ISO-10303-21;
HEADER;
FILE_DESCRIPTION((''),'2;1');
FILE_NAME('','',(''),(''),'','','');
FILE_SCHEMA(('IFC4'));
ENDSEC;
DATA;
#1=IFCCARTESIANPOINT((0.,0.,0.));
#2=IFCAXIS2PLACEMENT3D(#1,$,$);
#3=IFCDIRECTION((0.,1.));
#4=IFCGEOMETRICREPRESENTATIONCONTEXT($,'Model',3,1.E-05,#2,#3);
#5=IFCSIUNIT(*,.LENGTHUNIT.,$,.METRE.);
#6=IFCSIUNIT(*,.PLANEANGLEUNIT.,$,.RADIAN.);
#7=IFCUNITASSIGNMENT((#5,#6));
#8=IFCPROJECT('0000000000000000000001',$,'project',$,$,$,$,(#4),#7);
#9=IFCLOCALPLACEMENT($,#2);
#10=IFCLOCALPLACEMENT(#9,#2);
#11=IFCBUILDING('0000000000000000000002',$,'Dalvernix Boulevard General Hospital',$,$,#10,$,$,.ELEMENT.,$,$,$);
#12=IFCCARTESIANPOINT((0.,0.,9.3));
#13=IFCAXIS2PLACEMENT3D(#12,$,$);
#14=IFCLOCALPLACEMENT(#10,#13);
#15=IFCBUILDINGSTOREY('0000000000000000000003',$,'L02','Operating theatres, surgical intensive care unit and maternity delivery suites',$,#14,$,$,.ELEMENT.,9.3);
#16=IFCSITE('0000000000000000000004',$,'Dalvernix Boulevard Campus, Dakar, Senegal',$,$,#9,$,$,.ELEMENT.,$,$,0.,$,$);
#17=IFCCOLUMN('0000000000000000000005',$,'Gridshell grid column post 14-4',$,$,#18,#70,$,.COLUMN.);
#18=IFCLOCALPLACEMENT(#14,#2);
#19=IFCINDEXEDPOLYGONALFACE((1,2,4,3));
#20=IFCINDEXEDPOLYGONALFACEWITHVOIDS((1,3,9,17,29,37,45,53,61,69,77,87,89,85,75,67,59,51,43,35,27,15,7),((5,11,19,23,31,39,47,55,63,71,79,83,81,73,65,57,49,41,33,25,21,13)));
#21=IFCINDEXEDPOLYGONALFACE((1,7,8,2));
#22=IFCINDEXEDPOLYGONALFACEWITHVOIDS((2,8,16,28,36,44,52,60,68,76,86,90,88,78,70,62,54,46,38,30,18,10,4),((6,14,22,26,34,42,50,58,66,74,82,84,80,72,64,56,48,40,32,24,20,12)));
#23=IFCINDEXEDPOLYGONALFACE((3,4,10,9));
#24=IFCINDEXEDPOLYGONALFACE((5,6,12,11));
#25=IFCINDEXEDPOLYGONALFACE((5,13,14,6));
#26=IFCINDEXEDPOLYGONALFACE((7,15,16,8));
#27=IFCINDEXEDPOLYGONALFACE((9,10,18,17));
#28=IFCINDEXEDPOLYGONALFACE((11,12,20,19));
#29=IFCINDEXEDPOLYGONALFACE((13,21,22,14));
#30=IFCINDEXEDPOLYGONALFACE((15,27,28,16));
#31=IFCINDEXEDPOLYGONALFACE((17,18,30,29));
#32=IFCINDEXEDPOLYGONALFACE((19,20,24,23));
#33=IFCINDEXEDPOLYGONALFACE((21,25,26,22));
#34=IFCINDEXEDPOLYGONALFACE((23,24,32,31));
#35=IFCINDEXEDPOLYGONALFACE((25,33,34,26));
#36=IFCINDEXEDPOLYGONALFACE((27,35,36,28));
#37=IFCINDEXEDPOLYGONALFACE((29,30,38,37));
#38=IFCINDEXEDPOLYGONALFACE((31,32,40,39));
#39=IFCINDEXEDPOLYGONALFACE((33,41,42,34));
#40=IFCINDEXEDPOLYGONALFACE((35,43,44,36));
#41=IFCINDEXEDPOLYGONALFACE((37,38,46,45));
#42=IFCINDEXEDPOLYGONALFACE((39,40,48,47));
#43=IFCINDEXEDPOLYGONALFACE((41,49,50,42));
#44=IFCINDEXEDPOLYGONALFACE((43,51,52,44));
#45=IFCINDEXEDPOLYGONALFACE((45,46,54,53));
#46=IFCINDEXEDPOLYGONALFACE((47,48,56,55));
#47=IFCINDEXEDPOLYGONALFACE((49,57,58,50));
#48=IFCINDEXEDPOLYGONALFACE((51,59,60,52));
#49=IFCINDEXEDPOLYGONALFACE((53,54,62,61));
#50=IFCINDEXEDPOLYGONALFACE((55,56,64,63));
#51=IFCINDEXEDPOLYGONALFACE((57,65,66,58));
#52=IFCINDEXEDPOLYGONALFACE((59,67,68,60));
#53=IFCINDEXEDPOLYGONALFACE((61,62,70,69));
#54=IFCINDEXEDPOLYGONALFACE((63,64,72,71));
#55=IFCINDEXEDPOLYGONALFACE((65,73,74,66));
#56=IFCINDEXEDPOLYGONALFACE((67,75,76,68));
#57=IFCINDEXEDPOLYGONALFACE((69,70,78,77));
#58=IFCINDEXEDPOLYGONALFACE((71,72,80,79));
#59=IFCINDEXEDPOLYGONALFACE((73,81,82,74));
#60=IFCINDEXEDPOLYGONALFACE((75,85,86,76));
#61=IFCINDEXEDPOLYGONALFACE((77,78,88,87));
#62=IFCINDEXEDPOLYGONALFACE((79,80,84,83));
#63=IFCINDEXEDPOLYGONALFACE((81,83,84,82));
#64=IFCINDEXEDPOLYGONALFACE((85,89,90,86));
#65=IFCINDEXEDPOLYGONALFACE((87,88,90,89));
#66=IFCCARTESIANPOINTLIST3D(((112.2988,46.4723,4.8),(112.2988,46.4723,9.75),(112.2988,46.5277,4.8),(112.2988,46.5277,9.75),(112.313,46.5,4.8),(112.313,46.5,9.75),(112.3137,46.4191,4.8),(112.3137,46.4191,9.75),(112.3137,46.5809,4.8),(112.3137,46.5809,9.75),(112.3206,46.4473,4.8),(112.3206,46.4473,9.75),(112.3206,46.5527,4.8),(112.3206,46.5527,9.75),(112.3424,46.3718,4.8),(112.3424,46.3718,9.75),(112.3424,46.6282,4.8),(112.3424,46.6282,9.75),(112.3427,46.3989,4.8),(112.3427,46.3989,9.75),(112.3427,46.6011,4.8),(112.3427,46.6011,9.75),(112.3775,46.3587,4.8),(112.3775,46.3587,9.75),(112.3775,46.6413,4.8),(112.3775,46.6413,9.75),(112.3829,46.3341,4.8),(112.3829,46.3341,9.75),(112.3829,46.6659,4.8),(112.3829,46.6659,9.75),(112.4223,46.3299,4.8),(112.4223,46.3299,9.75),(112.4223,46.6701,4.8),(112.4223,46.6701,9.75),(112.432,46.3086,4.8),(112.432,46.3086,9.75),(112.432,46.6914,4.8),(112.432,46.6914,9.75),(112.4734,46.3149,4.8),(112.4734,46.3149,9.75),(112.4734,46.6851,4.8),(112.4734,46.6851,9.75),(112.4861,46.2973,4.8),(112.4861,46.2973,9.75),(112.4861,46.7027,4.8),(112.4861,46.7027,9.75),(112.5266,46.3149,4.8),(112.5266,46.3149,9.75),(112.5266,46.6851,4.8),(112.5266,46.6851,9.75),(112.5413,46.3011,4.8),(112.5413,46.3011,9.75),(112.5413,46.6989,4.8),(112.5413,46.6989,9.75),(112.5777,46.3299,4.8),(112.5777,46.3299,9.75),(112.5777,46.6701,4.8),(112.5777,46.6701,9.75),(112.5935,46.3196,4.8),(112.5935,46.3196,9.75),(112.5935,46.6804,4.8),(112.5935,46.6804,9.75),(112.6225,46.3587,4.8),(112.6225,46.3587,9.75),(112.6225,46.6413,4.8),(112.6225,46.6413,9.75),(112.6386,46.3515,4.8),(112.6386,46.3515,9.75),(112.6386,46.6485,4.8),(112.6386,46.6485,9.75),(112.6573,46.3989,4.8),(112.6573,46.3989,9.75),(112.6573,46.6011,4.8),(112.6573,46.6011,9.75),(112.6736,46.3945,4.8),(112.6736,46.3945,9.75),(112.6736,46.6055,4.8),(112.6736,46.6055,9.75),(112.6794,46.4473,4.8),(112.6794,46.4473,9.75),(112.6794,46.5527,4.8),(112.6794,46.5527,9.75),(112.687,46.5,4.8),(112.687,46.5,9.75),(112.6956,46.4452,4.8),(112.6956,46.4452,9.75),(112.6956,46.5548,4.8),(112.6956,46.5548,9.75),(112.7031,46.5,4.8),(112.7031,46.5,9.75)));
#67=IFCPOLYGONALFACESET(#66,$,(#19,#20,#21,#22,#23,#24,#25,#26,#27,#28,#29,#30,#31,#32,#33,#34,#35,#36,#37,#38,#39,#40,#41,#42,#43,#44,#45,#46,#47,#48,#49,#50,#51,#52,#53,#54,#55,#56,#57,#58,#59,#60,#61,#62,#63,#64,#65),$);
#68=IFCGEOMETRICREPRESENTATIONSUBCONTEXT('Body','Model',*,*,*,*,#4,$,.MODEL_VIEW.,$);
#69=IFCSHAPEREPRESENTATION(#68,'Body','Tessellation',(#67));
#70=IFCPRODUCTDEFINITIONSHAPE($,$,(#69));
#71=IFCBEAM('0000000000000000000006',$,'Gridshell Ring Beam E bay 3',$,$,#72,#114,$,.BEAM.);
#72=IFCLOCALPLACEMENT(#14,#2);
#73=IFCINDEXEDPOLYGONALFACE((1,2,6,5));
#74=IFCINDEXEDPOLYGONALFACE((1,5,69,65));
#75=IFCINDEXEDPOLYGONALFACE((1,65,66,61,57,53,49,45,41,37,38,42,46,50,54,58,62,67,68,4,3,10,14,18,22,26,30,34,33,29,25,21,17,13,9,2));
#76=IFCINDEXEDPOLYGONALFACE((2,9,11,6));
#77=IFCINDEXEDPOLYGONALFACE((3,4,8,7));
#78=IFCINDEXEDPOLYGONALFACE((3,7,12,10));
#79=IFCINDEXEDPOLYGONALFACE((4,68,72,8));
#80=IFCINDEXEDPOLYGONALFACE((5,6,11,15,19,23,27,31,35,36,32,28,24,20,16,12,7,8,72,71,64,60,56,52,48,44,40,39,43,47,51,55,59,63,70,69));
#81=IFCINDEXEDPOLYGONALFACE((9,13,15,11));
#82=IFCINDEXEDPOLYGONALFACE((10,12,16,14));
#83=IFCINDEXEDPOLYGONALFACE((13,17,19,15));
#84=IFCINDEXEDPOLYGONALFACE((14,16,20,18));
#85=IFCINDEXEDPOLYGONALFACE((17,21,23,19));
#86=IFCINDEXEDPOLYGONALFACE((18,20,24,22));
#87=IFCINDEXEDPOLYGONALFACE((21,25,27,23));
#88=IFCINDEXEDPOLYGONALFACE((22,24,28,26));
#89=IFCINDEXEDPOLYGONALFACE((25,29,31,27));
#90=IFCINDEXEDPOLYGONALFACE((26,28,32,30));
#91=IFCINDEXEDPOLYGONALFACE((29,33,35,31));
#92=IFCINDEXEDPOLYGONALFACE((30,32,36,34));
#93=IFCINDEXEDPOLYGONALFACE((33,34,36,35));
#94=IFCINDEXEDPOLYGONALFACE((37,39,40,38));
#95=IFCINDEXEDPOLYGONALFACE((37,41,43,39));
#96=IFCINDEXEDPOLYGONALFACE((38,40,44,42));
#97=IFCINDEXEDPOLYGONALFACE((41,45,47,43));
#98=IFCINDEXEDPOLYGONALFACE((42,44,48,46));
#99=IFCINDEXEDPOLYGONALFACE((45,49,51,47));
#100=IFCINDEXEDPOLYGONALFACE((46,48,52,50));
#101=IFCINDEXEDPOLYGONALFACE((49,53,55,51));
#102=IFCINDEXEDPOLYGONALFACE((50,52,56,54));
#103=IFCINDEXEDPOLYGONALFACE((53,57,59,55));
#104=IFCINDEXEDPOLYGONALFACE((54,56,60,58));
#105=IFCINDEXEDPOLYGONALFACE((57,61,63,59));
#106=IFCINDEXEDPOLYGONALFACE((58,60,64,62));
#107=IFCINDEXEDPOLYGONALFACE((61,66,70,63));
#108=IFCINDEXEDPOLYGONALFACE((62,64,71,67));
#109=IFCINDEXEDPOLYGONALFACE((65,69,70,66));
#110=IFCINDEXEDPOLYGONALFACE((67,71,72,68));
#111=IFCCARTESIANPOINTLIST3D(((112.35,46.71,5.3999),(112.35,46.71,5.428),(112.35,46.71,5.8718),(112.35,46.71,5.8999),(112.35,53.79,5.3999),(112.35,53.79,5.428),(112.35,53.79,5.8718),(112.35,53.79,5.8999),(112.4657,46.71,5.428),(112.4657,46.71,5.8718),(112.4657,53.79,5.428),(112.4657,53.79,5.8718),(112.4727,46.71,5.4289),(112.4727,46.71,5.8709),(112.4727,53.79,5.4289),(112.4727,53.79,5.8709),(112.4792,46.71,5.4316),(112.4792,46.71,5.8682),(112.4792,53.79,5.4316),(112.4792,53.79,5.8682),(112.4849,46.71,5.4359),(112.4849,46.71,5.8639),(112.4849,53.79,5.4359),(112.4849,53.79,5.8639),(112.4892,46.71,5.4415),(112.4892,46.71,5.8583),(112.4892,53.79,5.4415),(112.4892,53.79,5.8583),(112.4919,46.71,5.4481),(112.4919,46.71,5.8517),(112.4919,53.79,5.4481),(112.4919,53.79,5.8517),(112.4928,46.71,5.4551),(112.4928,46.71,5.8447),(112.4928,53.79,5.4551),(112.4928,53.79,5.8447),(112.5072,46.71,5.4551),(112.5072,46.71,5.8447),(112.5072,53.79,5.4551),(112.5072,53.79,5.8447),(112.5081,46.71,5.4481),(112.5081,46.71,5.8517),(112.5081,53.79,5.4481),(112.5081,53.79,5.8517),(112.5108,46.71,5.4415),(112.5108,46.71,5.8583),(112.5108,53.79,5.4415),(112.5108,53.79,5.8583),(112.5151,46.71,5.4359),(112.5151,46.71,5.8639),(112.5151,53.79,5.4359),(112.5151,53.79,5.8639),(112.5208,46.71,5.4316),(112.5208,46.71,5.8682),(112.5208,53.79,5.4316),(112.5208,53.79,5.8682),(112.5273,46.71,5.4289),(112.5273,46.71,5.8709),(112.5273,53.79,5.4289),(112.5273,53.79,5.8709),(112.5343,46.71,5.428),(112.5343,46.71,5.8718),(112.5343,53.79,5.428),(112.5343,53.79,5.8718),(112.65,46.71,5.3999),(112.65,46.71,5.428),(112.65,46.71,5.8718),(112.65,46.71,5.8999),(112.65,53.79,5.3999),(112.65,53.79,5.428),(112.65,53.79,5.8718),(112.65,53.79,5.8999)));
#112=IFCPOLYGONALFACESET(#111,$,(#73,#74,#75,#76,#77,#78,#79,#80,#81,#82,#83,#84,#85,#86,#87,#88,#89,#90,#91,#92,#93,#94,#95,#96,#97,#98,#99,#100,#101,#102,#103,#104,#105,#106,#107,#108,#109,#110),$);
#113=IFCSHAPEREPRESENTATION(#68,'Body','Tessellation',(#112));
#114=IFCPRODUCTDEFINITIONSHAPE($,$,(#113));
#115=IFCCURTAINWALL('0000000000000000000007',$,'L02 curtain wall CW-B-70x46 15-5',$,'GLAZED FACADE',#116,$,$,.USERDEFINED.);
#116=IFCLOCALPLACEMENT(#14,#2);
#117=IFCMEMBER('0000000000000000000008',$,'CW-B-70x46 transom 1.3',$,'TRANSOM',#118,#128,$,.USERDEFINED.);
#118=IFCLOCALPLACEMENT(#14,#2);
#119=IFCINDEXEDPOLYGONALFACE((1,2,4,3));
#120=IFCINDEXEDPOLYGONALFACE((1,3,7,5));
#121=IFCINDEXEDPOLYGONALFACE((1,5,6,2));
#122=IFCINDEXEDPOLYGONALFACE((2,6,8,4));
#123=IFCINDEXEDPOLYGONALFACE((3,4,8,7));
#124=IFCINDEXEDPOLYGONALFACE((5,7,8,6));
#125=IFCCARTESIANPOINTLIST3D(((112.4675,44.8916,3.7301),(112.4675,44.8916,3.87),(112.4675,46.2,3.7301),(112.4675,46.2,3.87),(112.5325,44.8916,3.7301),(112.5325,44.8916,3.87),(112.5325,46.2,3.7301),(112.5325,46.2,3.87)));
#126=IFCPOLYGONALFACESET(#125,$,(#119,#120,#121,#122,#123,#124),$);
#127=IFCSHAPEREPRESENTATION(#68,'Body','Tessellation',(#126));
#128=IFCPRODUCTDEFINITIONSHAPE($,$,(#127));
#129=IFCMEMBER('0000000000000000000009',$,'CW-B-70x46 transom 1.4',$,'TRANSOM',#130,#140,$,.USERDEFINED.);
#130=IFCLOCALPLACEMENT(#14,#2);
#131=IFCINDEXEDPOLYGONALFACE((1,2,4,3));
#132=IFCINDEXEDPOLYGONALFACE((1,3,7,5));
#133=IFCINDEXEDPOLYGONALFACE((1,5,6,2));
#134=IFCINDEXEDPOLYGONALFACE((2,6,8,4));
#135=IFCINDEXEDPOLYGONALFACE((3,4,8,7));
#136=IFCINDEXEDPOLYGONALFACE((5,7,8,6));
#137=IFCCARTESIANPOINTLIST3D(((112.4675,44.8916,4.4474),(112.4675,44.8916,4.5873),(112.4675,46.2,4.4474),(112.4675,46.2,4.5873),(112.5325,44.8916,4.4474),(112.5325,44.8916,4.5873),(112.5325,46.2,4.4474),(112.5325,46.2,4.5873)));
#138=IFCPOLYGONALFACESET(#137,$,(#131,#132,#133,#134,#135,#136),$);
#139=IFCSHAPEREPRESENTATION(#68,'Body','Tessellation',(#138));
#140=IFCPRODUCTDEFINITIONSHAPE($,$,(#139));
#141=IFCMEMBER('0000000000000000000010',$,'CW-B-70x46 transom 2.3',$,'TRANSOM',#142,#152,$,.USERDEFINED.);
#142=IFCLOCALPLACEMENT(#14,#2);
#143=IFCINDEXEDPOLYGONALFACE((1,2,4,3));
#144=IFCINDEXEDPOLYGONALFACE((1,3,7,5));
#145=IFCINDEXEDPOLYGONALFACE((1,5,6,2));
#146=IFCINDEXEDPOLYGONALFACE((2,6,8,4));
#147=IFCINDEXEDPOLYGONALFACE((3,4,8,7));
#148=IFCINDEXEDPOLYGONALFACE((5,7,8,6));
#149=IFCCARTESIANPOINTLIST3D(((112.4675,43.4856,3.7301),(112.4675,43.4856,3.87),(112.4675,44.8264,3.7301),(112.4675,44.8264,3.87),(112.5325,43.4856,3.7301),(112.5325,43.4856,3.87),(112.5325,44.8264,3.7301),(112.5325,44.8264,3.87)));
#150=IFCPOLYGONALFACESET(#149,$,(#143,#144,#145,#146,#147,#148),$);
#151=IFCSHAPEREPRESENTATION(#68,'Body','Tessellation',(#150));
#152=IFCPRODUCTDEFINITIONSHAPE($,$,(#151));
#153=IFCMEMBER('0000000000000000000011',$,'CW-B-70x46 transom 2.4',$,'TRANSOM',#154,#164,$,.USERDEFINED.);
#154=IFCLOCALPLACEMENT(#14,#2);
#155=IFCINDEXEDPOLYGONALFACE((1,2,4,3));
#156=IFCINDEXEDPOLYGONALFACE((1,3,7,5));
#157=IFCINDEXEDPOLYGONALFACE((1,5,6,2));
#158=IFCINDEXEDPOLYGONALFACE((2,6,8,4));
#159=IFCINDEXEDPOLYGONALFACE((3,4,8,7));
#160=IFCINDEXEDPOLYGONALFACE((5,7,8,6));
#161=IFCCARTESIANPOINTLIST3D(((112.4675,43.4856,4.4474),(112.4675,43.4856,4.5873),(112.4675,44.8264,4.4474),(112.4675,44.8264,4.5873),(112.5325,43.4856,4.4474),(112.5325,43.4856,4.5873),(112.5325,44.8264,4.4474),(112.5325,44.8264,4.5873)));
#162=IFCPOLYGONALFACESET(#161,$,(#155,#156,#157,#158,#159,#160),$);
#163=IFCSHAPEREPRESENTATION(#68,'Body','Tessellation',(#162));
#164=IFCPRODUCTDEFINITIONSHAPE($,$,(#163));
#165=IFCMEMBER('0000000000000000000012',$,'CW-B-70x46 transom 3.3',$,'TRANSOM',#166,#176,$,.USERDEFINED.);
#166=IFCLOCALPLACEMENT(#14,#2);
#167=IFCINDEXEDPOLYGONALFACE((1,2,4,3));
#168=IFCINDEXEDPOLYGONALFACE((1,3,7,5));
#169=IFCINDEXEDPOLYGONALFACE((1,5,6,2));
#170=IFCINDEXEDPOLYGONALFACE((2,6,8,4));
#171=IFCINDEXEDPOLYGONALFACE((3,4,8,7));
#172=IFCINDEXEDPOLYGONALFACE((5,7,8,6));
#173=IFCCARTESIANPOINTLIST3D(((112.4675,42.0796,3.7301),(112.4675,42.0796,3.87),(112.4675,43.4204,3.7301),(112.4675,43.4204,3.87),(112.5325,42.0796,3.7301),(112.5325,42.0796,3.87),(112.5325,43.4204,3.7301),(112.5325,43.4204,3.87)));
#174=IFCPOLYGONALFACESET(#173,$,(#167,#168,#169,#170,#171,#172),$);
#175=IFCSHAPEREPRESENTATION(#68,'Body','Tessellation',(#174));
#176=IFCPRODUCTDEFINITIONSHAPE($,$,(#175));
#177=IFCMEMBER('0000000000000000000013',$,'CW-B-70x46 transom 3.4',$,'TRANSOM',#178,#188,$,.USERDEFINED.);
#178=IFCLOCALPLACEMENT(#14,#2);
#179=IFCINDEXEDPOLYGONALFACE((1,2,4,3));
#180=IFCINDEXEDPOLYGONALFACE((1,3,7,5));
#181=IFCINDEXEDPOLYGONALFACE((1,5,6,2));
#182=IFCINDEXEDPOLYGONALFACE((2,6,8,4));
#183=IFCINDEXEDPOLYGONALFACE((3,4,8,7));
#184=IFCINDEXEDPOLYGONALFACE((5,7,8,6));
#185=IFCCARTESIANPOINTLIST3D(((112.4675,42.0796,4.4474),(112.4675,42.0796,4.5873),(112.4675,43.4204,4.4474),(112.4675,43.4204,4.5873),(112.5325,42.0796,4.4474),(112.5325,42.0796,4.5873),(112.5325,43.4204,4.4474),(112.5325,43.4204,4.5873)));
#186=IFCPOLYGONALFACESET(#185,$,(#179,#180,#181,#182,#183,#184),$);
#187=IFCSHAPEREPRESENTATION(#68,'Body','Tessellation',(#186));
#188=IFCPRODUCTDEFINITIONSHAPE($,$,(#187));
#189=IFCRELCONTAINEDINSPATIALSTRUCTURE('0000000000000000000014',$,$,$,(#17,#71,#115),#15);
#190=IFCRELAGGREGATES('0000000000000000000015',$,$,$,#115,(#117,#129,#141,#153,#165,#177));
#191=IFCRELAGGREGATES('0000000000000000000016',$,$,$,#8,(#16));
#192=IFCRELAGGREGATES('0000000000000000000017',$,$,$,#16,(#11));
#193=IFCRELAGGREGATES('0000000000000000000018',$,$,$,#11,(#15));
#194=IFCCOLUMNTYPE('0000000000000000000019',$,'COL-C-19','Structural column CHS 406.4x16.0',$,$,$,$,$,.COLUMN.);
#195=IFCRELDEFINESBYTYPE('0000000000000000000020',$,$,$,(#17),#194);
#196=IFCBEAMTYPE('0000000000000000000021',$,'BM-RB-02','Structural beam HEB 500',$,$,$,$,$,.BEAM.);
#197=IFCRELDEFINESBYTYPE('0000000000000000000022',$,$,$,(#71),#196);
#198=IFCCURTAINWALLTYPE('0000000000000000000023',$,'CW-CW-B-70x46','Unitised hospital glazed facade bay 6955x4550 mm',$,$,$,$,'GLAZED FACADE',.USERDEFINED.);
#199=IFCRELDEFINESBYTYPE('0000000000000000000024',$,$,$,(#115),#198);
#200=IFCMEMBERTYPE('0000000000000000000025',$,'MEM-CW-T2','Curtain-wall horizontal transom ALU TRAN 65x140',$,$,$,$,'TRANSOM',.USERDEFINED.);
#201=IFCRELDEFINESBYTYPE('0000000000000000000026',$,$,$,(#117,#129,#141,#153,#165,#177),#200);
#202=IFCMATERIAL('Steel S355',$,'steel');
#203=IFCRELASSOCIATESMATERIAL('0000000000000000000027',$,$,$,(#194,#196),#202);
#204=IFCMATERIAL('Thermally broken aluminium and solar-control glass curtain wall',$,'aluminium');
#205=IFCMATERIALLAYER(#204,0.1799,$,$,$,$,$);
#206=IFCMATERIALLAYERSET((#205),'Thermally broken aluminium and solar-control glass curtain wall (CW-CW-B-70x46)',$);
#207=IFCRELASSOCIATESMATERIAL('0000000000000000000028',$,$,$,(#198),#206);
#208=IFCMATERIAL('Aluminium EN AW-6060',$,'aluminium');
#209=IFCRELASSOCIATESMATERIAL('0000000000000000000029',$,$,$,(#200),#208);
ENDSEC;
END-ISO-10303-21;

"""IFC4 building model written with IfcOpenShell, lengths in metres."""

from ifc_helpers import new_model, si_unit, direction, frame, origin, origin_2d, place, context, subcontext, project, spatial, rectangle, hollow_circle, i_section, extrude, material, layer, layer_set, material_profile, profile_set, type_object, element, aggregate, save


model = new_model("IFC4")

# Units and contexts
model_context = context("Model", 3, precision=1e-05, world=origin(), true_north=direction((0.0, 1.0)))
body_context = subcontext(model_context, "Body", "Model", "MODEL_VIEW")
ifc_project = project(units=[si_unit("LENGTHUNIT", "METRE"), si_unit("PLANEANGLEUNIT", "RADIAN")], contexts=[model_context])

# Site, building, storey
site_placement = place(None, origin())
site = spatial("IfcSite", under=ifc_project, at=site_placement, Name="Dalvernix Boulevard Campus, Dakar, Senegal", CompositionType="ELEMENT", RefElevation=0.0)
building_placement = place(site_placement, origin())
building = spatial("IfcBuilding", under=site, at=building_placement, Name="Dalvernix Boulevard General Hospital", CompositionType="ELEMENT")
storey_placement = place(building_placement, frame((0.0, 0.0, 9.3)))
storey = spatial("IfcBuildingStorey", under=building, at=storey_placement, Name="L02", Description="Operating theatres, surgical intensive care unit and maternity delivery suites", CompositionType="ELEMENT", Elevation=9.3)

# Column
ifc_material_1 = material(Name="Steel S355", Category="steel")
ifc_material_profile_1 = material_profile(ifc_material_1, hollow_circle(Radius=0.2031, WallThickness=0.0161, at=origin_2d()), Name="CHS 406.4x16.0")
ifc_profile_set_1 = profile_set([ifc_material_profile_1], Name="Steel S355")
column_type = type_object("IfcColumnType", Name="COL-C-19", Description="Structural column CHS 406.4x16.0", PredefinedType="COLUMN", material=ifc_profile_set_1)
column_placement = place(storey_placement, frame((112.5, 46.5, 4.8), z_axis=(0.0, 0.0, 1.0), x_axis=(1.0, 0.0, 0.0)))
element("IfcColumn", 1, at=column_placement, inside=storey, type_object=column_type, Name="Gridshell grid column post 14-4", PredefinedType="COLUMN", context=body_context, shape_type="SweptSolid", body=[
    extrude(hollow_circle(Radius=0.2031, WallThickness=0.0161, at=origin_2d()), origin(), (0.0, 0.0, 1.0), 4.95),
])

# Beam
ifc_material_profile_2 = material_profile(ifc_material_1, i_section(OverallWidth=0.3, OverallDepth=0.5, WebThickness=0.0144, FlangeThickness=0.0281, FilletRadius=0.0271, at=origin_2d()), Name="HEB 500")
ifc_profile_set_2 = profile_set([ifc_material_profile_2], Name="Steel S355")
beam_type = type_object("IfcBeamType", Name="BM-RB-02", Description="Structural beam HEB 500", PredefinedType="BEAM", material=ifc_profile_set_2)
beam_placement = place(storey_placement, frame((112.5, 46.71, 5.6499), z_axis=(0.0, 1.0, 0.0), x_axis=(-1.0, 0.0, 0.0)))
element("IfcBeam", 2, at=beam_placement, inside=storey, type_object=beam_type, Name="Gridshell Ring Beam E bay 3", PredefinedType="BEAM", context=body_context, shape_type="SweptSolid", body=[
    extrude(i_section(OverallWidth=0.3, OverallDepth=0.5, WebThickness=0.0144, FlangeThickness=0.0281, FilletRadius=0.0271, at=origin_2d()), origin(), (0.0, 0.0, 1.0), 7.0801),
])

# Curtain wall, members
ifc_material_2 = material(Name="Thermally broken aluminium and solar-control glass curtain wall", Category="aluminium")
ifc_layer_1 = layer(ifc_material_2, 0.1799)
ifc_layer_set_1 = layer_set([ifc_layer_1], Name="Thermally broken aluminium and solar-control glass curtain wall (CW-CW-B-70x46)")
curtain_wall_type_1 = type_object("IfcCurtainWallType", Name="CW-CW-B-70x46", Description="Unitised hospital glazed facade bay 6955x4550 mm", ElementType="GLAZED FACADE", PredefinedType="USERDEFINED", material=ifc_layer_set_1)
curtain_wall_1_placement = place(storey_placement, origin())
curtain_wall_1 = element("IfcCurtainWall", 3, at=curtain_wall_1_placement, inside=storey, type_object=curtain_wall_type_1, Name="L02 curtain wall CW-B-70x46 15-5", ObjectType="GLAZED FACADE", PredefinedType="USERDEFINED")
ifc_material_3 = material(Name="Aluminium EN AW-6060", Category="aluminium")
ifc_material_profile_3 = material_profile(ifc_material_3, rectangle(XDim=0.0649, YDim=0.1399, at=origin_2d()), Name="ALU TRAN 65x140")
ifc_profile_set_3 = profile_set([ifc_material_profile_3], Name="Aluminium EN AW-6060")
member_type_1 = type_object("IfcMemberType", Name="MEM-CW-T2", Description="Curtain-wall horizontal transom ALU TRAN 65x140", ElementType="TRANSOM", PredefinedType="USERDEFINED", material=ifc_profile_set_3)
member_1_placement = place(storey_placement, frame((112.5, 46.2, 3.8), z_axis=(0.0, -1.0, 0.0), x_axis=(1.0, 0.0, 0.0)))
member_1 = element("IfcMember", 4, at=member_1_placement, type_object=member_type_1, Name="CW-B-70x46 transom 1.3", ObjectType="TRANSOM", PredefinedType="USERDEFINED", context=body_context, shape_type="SweptSolid", body=[
    extrude(rectangle(XDim=0.0649, YDim=0.1399, at=origin_2d()), origin(), (0.0, 0.0, 1.0), 1.3083),
])
member_2_placement = place(storey_placement, frame((112.5, 46.2, 4.5173), z_axis=(0.0, -1.0, 0.0), x_axis=(1.0, 0.0, 0.0)))
member_2 = element("IfcMember", 5, at=member_2_placement, type_object=member_type_1, Name="CW-B-70x46 transom 1.4", ObjectType="TRANSOM", PredefinedType="USERDEFINED", context=body_context, shape_type="SweptSolid", body=[
    extrude(rectangle(XDim=0.0649, YDim=0.1399, at=origin_2d()), origin(), (0.0, 0.0, 1.0), 1.3083),
])
member_3_placement = place(storey_placement, frame((112.5, 44.8264, 3.8), z_axis=(0.0, -1.0, 0.0), x_axis=(1.0, 0.0, 0.0)))
member_3 = element("IfcMember", 6, at=member_3_placement, type_object=member_type_1, Name="CW-B-70x46 transom 2.3", ObjectType="TRANSOM", PredefinedType="USERDEFINED", context=body_context, shape_type="SweptSolid", body=[
    extrude(rectangle(XDim=0.0649, YDim=0.1399, at=origin_2d()), origin(), (0.0, 0.0, 1.0), 1.3408),
])
member_4_placement = place(storey_placement, frame((112.5, 44.8264, 4.5173), z_axis=(0.0, -1.0, 0.0), x_axis=(1.0, 0.0, 0.0)))
member_4 = element("IfcMember", 7, at=member_4_placement, type_object=member_type_1, Name="CW-B-70x46 transom 2.4", ObjectType="TRANSOM", PredefinedType="USERDEFINED", context=body_context, shape_type="SweptSolid", body=[
    extrude(rectangle(XDim=0.0649, YDim=0.1399, at=origin_2d()), origin(), (0.0, 0.0, 1.0), 1.3408),
])
member_5_placement = place(storey_placement, frame((112.5, 43.4204, 3.8), z_axis=(0.0, -1.0, 0.0), x_axis=(1.0, 0.0, 0.0)))
member_5 = element("IfcMember", 8, at=member_5_placement, type_object=member_type_1, Name="CW-B-70x46 transom 3.3", ObjectType="TRANSOM", PredefinedType="USERDEFINED", context=body_context, shape_type="SweptSolid", body=[
    extrude(rectangle(XDim=0.0649, YDim=0.1399, at=origin_2d()), origin(), (0.0, 0.0, 1.0), 1.3408),
])
member_6_placement = place(storey_placement, frame((112.5, 43.4204, 4.5173), z_axis=(0.0, -1.0, 0.0), x_axis=(1.0, 0.0, 0.0)))
member_6 = element("IfcMember", 9, at=member_6_placement, type_object=member_type_1, Name="CW-B-70x46 transom 3.4", ObjectType="TRANSOM", PredefinedType="USERDEFINED", context=body_context, shape_type="SweptSolid", body=[
    extrude(rectangle(XDim=0.0649, YDim=0.1399, at=origin_2d()), origin(), (0.0, 0.0, 1.0), 1.3408),
])

aggregate(curtain_wall_1, [member_1, member_2, member_3, member_4, member_5, member_6])

save(model, "model.ifc")
